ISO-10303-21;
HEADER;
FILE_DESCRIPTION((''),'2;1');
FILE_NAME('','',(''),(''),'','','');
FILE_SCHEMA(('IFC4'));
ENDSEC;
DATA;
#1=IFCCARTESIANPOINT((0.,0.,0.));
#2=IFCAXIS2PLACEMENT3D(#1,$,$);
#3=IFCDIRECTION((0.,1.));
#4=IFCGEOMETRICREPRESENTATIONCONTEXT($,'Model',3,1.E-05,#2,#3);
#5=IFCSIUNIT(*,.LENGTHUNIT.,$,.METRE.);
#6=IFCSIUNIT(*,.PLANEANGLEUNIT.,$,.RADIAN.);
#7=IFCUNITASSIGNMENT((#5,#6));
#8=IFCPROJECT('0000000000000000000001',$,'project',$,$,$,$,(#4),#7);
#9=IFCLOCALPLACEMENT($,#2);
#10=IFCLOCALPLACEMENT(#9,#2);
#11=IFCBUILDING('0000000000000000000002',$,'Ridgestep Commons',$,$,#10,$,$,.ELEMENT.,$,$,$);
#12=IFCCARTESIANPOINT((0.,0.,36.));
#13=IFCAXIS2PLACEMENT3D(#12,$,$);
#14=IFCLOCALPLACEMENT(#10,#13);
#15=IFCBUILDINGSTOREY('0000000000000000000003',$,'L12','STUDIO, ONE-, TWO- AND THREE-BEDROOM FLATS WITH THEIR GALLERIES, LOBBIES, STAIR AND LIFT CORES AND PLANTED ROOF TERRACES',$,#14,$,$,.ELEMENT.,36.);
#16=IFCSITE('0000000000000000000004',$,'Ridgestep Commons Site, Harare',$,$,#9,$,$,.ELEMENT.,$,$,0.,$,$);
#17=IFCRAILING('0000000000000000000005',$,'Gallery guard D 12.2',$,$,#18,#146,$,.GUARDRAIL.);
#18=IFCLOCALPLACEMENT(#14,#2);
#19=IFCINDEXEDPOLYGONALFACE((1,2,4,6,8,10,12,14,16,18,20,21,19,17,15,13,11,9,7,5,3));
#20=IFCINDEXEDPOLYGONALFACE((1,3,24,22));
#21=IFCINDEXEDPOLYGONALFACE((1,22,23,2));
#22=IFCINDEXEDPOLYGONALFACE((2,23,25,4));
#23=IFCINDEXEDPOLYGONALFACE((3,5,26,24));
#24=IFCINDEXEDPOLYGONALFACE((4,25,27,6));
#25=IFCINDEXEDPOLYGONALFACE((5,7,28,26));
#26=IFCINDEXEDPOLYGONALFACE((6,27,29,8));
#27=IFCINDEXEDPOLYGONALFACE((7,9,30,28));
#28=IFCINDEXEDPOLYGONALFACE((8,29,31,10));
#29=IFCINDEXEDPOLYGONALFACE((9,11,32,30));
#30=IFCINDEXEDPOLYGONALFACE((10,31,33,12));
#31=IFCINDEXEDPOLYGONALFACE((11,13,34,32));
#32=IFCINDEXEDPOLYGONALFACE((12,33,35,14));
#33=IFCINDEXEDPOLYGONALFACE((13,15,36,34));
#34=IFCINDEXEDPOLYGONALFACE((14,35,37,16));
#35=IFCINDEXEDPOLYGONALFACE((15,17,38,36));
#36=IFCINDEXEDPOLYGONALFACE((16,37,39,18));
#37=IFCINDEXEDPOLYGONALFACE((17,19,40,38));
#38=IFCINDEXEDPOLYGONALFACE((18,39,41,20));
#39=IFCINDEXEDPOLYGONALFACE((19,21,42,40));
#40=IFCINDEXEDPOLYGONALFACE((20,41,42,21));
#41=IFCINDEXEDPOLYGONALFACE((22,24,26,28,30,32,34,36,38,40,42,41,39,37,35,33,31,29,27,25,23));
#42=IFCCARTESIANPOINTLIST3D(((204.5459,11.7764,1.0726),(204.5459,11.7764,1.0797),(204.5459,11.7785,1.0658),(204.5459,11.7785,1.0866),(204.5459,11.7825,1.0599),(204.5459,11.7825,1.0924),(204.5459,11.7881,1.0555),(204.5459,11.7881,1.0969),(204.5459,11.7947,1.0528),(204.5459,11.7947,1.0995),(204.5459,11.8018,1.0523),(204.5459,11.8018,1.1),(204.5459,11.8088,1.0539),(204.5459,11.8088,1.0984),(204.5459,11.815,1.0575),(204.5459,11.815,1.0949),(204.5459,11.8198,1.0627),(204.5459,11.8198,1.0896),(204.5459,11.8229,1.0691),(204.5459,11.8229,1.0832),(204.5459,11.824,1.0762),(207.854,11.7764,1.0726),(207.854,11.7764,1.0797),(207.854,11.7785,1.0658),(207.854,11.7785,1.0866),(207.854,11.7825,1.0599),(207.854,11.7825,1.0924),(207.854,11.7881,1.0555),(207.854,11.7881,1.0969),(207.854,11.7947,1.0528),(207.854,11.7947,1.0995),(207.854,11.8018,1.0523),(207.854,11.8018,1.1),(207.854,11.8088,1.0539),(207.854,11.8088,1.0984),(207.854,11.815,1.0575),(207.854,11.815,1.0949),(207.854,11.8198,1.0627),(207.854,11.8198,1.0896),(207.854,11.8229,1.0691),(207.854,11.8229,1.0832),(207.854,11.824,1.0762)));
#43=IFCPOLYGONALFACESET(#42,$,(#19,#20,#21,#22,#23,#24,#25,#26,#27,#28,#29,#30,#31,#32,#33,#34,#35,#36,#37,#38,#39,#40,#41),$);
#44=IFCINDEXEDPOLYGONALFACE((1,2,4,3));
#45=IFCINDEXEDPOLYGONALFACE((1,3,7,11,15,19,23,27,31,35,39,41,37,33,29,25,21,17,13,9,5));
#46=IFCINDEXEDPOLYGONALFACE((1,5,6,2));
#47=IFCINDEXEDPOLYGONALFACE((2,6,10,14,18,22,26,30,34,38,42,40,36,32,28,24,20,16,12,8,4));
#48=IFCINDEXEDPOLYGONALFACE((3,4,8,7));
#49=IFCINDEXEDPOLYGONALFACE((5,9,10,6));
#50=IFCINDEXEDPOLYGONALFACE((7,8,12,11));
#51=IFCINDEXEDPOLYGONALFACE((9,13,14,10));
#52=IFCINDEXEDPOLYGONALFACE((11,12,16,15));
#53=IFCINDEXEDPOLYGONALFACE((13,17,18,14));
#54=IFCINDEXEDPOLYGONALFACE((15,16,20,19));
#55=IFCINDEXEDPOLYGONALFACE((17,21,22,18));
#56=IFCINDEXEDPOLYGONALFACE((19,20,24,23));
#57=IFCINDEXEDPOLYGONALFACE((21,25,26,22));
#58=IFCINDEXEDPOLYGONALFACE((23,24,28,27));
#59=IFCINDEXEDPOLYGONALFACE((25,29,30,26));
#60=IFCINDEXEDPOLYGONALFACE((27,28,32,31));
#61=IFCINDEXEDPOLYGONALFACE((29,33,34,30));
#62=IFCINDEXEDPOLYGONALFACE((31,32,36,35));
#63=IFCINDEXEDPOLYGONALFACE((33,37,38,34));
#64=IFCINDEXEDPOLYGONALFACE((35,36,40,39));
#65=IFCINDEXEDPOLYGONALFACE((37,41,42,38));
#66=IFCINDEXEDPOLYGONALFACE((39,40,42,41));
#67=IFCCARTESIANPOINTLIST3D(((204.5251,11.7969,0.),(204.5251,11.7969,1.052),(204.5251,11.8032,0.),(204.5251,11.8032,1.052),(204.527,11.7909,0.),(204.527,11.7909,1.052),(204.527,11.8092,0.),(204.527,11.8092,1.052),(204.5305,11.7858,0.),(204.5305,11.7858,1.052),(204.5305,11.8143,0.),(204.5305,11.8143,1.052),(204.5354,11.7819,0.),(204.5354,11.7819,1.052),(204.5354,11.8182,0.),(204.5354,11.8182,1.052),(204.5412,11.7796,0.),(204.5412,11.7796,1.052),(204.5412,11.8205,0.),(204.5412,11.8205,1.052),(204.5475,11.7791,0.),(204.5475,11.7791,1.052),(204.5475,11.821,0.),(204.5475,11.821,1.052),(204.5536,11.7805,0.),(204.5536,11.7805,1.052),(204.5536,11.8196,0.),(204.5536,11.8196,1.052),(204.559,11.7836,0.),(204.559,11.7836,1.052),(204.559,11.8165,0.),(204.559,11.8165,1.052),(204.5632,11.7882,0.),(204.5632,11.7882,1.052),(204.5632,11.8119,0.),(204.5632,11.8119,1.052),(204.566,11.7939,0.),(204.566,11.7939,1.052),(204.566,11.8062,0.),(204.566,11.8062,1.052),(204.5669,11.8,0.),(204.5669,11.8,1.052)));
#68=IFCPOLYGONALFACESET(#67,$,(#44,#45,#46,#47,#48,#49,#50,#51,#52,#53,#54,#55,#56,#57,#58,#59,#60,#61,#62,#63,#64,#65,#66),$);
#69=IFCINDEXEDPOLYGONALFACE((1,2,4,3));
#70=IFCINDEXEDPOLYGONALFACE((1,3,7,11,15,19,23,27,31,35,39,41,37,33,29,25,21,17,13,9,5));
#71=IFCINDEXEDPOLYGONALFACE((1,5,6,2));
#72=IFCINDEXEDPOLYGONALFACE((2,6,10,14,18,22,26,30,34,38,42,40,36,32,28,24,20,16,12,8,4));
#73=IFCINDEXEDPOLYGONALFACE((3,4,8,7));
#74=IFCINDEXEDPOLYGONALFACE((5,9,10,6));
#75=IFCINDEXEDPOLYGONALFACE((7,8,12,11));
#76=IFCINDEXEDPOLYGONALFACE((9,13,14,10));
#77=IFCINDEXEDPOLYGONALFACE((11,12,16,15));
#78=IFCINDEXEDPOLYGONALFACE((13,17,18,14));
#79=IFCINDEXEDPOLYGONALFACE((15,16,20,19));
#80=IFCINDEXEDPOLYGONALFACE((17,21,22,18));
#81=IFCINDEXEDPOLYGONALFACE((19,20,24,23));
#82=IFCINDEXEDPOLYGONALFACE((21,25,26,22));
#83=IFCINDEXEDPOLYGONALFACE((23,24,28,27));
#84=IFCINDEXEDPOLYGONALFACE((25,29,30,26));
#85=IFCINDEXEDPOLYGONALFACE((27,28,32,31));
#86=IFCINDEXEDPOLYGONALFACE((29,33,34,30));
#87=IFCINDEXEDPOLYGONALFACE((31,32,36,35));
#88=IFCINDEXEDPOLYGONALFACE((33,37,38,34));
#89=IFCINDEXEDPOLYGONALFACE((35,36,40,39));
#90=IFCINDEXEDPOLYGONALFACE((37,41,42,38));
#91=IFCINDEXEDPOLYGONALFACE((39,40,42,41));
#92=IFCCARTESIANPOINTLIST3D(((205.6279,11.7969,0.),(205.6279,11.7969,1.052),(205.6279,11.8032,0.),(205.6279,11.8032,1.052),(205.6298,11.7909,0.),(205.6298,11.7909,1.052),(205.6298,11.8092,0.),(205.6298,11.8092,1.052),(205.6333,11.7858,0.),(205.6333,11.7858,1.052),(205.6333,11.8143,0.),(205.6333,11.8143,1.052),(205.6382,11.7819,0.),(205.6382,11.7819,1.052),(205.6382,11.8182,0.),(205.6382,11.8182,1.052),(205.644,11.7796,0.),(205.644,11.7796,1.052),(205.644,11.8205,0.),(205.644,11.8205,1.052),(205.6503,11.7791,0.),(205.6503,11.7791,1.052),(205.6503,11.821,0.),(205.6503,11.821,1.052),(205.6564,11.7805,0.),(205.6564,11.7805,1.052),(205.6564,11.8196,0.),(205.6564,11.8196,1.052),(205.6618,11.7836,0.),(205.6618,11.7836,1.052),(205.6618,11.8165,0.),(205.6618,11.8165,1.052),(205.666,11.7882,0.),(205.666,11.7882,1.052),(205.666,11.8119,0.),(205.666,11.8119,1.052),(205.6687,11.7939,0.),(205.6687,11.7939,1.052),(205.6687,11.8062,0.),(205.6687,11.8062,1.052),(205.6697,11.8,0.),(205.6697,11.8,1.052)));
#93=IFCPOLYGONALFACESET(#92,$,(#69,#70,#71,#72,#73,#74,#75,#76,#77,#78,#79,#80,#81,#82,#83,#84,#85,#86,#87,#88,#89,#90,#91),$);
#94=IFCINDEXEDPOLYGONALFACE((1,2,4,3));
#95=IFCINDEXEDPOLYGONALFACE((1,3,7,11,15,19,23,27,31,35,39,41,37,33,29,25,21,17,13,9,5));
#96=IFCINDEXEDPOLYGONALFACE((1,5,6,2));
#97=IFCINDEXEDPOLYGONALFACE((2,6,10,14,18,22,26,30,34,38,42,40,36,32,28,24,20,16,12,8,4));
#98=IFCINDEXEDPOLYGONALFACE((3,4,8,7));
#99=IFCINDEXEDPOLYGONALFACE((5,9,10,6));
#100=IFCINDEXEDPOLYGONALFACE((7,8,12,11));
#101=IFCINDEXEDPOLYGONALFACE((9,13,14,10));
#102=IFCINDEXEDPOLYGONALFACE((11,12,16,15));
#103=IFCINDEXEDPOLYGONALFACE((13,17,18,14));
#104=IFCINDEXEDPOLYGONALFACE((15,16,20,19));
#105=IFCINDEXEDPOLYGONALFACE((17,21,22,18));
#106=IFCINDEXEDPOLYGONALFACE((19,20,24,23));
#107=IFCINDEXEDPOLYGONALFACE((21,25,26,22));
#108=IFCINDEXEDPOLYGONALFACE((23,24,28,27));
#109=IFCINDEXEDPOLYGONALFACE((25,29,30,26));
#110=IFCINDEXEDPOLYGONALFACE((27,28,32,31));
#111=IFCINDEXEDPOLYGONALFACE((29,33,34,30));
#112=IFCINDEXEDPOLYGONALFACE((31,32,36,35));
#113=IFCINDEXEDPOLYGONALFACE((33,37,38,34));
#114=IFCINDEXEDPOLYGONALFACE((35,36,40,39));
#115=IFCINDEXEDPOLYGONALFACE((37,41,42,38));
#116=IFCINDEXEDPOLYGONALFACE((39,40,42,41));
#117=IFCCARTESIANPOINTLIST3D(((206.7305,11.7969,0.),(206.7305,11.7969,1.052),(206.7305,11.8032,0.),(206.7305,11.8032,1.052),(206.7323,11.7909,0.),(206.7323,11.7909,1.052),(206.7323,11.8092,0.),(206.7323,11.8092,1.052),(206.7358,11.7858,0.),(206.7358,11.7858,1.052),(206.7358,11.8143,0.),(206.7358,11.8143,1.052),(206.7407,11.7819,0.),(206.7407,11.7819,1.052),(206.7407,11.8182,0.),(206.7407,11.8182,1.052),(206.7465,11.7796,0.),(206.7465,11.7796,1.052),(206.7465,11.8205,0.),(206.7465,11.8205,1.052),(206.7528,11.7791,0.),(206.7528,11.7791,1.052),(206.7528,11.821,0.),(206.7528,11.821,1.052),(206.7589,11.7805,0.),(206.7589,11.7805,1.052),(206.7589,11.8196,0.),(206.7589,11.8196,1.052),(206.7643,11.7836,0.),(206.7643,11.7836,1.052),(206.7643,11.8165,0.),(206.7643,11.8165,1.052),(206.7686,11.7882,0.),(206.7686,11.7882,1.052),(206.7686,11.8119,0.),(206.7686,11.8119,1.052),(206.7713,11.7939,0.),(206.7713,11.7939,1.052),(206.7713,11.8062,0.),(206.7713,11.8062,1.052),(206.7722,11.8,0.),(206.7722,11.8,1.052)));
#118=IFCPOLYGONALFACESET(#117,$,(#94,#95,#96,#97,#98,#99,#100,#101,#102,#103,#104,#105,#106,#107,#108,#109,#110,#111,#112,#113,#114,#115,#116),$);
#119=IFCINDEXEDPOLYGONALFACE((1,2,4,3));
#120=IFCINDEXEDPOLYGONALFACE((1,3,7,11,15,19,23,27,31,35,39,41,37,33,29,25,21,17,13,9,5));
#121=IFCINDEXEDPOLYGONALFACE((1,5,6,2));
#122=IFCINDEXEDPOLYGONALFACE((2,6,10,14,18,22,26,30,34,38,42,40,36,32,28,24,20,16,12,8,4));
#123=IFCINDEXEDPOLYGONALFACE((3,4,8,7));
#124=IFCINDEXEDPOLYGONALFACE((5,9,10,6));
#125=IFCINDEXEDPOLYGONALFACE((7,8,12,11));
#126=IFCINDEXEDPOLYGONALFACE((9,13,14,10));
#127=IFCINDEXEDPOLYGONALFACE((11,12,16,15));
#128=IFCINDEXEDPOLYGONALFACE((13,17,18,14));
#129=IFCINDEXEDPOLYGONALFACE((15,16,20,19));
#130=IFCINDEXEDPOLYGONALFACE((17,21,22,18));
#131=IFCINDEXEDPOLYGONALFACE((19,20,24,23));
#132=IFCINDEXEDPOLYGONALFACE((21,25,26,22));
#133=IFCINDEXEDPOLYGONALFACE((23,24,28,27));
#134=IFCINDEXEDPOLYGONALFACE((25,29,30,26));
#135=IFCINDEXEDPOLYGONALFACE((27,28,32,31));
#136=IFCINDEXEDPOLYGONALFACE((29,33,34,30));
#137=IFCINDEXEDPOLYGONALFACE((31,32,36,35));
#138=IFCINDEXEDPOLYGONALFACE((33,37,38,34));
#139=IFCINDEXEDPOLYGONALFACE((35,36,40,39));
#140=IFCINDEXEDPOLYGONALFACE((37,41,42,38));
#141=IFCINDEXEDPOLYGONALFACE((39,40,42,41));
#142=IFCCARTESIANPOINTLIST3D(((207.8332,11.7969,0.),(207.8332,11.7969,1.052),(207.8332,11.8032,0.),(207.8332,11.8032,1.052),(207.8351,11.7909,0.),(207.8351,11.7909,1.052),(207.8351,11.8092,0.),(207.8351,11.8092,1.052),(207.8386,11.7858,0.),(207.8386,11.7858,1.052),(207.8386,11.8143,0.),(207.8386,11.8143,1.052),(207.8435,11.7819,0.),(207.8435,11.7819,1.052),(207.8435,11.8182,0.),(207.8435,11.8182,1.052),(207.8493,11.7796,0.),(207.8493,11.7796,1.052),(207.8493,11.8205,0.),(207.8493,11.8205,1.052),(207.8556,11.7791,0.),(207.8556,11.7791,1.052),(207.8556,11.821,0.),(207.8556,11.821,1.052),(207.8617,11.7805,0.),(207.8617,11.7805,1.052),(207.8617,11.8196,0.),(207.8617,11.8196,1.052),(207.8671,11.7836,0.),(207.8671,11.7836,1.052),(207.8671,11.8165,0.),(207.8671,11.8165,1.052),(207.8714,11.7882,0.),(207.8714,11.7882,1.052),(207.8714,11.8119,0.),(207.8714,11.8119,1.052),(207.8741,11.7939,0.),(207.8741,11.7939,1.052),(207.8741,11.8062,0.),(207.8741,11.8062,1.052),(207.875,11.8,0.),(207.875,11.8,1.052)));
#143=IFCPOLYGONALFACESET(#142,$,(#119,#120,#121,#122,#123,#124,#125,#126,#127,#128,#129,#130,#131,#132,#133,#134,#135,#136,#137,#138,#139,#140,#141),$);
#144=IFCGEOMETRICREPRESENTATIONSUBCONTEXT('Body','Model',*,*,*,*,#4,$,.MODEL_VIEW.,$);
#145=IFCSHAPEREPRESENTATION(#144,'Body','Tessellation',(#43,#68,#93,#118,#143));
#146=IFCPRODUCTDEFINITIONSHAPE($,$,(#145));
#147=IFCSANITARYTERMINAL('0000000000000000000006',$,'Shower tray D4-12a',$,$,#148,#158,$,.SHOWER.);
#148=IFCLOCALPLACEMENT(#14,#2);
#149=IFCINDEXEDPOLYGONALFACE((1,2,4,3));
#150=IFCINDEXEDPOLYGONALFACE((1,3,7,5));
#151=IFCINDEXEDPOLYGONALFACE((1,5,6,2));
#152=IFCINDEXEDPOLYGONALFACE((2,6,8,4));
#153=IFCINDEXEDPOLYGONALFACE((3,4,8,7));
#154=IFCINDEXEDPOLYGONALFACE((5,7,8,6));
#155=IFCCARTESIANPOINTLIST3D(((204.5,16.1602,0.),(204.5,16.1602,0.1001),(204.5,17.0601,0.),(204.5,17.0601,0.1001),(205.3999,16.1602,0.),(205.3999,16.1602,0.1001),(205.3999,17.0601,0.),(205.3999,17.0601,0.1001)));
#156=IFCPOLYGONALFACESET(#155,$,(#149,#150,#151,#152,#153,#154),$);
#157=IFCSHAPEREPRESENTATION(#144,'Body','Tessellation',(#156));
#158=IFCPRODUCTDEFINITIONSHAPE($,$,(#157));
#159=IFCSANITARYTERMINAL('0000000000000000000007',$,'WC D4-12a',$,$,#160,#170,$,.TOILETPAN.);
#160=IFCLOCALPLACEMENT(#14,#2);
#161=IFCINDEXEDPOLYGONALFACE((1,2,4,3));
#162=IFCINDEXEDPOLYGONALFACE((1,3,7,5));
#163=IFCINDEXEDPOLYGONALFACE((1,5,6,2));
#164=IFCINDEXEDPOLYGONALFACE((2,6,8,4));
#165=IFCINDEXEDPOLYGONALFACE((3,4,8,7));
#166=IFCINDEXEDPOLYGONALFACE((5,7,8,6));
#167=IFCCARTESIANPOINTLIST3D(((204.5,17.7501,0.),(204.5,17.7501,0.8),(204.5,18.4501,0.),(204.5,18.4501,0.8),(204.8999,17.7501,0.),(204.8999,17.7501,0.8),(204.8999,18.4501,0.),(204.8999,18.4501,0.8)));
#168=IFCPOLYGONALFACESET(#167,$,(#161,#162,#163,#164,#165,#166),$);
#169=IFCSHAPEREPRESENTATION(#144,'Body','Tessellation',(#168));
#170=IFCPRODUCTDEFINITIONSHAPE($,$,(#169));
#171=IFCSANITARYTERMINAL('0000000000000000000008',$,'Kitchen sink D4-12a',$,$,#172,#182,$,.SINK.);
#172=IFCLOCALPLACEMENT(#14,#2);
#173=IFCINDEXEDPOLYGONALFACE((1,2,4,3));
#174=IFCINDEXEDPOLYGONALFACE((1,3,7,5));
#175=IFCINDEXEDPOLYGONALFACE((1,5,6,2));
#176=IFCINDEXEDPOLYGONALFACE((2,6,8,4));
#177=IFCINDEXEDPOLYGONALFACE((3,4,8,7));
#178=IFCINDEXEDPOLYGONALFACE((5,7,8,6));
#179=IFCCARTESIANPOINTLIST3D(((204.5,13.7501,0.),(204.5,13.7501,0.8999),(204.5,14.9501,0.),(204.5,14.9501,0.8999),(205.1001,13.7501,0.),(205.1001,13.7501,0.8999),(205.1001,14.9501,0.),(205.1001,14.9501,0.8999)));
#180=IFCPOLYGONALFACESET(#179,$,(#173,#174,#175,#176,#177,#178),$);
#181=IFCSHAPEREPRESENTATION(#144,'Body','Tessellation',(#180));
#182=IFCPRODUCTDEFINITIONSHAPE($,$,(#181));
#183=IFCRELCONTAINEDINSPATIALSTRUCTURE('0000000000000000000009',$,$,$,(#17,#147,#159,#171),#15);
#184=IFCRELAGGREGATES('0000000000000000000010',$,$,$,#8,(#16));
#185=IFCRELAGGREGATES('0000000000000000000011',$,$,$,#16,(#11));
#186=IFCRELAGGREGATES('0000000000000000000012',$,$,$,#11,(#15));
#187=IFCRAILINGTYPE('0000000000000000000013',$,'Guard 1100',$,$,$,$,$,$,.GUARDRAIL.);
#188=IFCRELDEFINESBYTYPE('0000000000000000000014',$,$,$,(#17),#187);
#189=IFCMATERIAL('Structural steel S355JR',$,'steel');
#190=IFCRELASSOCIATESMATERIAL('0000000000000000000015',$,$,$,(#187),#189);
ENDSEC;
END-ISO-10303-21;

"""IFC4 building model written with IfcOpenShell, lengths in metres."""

from ifc_helpers import new_model, si_unit, direction, frame, origin, origin_2d, place, context, subcontext, project, spatial, rectangle, circle, extrude, material, type_object, element, save


model = new_model("IFC4")

# Units and contexts
model_context = context("Model", 3, precision=1e-05, world=origin(), true_north=direction((0.0, 1.0)))
body_context = subcontext(model_context, "Body", "Model", "MODEL_VIEW")
ifc_project = project(units=[si_unit("LENGTHUNIT", "METRE"), si_unit("PLANEANGLEUNIT", "RADIAN")], contexts=[model_context])

# Site, building, storey
site_placement = place(None, origin())
site = spatial("IfcSite", under=ifc_project, at=site_placement, Name="Ridgestep Commons Site, Harare", CompositionType="ELEMENT", RefElevation=0.0)
building_placement = place(site_placement, origin())
building = spatial("IfcBuilding", under=site, at=building_placement, Name="Ridgestep Commons", CompositionType="ELEMENT")
storey_placement = place(building_placement, frame((0.0, 0.0, 36.0)))
storey = spatial("IfcBuildingStorey", under=building, at=storey_placement, Name="L12", Description="STUDIO, ONE-, TWO- AND THREE-BEDROOM FLATS WITH THEIR GALLERIES, LOBBIES, STAIR AND LIFT CORES AND PLANTED ROOF TERRACES", CompositionType="ELEMENT", Elevation=36.0)

# Railing
ifc_material_1 = material(Name="Structural steel S355JR", Category="steel")
railing_type = type_object("IfcRailingType", Name="Guard 1100", PredefinedType="GUARDRAIL", material=ifc_material_1)
railing_placement = place(storey_placement, frame((204.5459, 11.8, 0.0)))
element("IfcRailing", 1, at=railing_placement, inside=storey, type_object=railing_type, Name="Gallery guard D 12.2", PredefinedType="GUARDRAIL", context=body_context, shape_type="SweptSolid", body=[
    extrude(circle(Radius=0.0239, at=origin_2d()), frame((0.0, 0.0, 1.0762), z_axis=(1.0, 0.0, 0.0), x_axis=(0.0, 1.0, 0.0)), (0.0, 0.0, 1.0), 3.3081),
    extrude(circle(Radius=0.021, at=origin_2d()), origin(), (0.0, 0.0, 1.0), 1.052),
    extrude(circle(Radius=0.021, at=origin_2d()), frame((1.1028, 0.0, 0.0)), (0.0, 0.0, 1.0), 1.052),
    extrude(circle(Radius=0.021, at=origin_2d()), frame((2.2053, 0.0, 0.0)), (0.0, 0.0, 1.0), 1.052),
    extrude(circle(Radius=0.021, at=origin_2d()), frame((3.3081, 0.0, 0.0)), (0.0, 0.0, 1.0), 1.052),
])

# Sanitary terminals
sanitary_terminal_1_placement = place(storey_placement, frame((204.95, 16.6101, 0.0), z_axis=(0.0, 0.0, 1.0), x_axis=(1.0, 0.0, 0.0)))
element("IfcSanitaryTerminal", 2, at=sanitary_terminal_1_placement, inside=storey, Name="Shower tray D4-12a", PredefinedType="SHOWER", context=body_context, shape_type="SweptSolid", body=[
    extrude(rectangle(XDim=0.8999, YDim=0.8999, at=origin_2d()), origin(), (0.0, 0.0, 1.0), 0.1001),
])
sanitary_terminal_2_placement = place(storey_placement, frame((204.7, 18.1001, 0.0), z_axis=(0.0, 0.0, 1.0), x_axis=(1.0, 0.0, 0.0)))
element("IfcSanitaryTerminal", 3, at=sanitary_terminal_2_placement, inside=storey, Name="WC D4-12a", PredefinedType="TOILETPAN", context=body_context, shape_type="SweptSolid", body=[
    extrude(rectangle(XDim=0.3999, YDim=0.7, at=origin_2d()), origin(), (0.0, 0.0, 1.0), 0.8),
])
sanitary_terminal_3_placement = place(storey_placement, frame((204.8, 14.3501, 0.0), z_axis=(0.0, 0.0, 1.0), x_axis=(1.0, 0.0, 0.0)))
element("IfcSanitaryTerminal", 4, at=sanitary_terminal_3_placement, inside=storey, Name="Kitchen sink D4-12a", PredefinedType="SINK", context=body_context, shape_type="SweptSolid", body=[
    extrude(rectangle(XDim=0.6001, YDim=1.2, at=origin_2d()), origin(), (0.0, 0.0, 1.0), 0.8999),
])

save(model, "model.ifc")
